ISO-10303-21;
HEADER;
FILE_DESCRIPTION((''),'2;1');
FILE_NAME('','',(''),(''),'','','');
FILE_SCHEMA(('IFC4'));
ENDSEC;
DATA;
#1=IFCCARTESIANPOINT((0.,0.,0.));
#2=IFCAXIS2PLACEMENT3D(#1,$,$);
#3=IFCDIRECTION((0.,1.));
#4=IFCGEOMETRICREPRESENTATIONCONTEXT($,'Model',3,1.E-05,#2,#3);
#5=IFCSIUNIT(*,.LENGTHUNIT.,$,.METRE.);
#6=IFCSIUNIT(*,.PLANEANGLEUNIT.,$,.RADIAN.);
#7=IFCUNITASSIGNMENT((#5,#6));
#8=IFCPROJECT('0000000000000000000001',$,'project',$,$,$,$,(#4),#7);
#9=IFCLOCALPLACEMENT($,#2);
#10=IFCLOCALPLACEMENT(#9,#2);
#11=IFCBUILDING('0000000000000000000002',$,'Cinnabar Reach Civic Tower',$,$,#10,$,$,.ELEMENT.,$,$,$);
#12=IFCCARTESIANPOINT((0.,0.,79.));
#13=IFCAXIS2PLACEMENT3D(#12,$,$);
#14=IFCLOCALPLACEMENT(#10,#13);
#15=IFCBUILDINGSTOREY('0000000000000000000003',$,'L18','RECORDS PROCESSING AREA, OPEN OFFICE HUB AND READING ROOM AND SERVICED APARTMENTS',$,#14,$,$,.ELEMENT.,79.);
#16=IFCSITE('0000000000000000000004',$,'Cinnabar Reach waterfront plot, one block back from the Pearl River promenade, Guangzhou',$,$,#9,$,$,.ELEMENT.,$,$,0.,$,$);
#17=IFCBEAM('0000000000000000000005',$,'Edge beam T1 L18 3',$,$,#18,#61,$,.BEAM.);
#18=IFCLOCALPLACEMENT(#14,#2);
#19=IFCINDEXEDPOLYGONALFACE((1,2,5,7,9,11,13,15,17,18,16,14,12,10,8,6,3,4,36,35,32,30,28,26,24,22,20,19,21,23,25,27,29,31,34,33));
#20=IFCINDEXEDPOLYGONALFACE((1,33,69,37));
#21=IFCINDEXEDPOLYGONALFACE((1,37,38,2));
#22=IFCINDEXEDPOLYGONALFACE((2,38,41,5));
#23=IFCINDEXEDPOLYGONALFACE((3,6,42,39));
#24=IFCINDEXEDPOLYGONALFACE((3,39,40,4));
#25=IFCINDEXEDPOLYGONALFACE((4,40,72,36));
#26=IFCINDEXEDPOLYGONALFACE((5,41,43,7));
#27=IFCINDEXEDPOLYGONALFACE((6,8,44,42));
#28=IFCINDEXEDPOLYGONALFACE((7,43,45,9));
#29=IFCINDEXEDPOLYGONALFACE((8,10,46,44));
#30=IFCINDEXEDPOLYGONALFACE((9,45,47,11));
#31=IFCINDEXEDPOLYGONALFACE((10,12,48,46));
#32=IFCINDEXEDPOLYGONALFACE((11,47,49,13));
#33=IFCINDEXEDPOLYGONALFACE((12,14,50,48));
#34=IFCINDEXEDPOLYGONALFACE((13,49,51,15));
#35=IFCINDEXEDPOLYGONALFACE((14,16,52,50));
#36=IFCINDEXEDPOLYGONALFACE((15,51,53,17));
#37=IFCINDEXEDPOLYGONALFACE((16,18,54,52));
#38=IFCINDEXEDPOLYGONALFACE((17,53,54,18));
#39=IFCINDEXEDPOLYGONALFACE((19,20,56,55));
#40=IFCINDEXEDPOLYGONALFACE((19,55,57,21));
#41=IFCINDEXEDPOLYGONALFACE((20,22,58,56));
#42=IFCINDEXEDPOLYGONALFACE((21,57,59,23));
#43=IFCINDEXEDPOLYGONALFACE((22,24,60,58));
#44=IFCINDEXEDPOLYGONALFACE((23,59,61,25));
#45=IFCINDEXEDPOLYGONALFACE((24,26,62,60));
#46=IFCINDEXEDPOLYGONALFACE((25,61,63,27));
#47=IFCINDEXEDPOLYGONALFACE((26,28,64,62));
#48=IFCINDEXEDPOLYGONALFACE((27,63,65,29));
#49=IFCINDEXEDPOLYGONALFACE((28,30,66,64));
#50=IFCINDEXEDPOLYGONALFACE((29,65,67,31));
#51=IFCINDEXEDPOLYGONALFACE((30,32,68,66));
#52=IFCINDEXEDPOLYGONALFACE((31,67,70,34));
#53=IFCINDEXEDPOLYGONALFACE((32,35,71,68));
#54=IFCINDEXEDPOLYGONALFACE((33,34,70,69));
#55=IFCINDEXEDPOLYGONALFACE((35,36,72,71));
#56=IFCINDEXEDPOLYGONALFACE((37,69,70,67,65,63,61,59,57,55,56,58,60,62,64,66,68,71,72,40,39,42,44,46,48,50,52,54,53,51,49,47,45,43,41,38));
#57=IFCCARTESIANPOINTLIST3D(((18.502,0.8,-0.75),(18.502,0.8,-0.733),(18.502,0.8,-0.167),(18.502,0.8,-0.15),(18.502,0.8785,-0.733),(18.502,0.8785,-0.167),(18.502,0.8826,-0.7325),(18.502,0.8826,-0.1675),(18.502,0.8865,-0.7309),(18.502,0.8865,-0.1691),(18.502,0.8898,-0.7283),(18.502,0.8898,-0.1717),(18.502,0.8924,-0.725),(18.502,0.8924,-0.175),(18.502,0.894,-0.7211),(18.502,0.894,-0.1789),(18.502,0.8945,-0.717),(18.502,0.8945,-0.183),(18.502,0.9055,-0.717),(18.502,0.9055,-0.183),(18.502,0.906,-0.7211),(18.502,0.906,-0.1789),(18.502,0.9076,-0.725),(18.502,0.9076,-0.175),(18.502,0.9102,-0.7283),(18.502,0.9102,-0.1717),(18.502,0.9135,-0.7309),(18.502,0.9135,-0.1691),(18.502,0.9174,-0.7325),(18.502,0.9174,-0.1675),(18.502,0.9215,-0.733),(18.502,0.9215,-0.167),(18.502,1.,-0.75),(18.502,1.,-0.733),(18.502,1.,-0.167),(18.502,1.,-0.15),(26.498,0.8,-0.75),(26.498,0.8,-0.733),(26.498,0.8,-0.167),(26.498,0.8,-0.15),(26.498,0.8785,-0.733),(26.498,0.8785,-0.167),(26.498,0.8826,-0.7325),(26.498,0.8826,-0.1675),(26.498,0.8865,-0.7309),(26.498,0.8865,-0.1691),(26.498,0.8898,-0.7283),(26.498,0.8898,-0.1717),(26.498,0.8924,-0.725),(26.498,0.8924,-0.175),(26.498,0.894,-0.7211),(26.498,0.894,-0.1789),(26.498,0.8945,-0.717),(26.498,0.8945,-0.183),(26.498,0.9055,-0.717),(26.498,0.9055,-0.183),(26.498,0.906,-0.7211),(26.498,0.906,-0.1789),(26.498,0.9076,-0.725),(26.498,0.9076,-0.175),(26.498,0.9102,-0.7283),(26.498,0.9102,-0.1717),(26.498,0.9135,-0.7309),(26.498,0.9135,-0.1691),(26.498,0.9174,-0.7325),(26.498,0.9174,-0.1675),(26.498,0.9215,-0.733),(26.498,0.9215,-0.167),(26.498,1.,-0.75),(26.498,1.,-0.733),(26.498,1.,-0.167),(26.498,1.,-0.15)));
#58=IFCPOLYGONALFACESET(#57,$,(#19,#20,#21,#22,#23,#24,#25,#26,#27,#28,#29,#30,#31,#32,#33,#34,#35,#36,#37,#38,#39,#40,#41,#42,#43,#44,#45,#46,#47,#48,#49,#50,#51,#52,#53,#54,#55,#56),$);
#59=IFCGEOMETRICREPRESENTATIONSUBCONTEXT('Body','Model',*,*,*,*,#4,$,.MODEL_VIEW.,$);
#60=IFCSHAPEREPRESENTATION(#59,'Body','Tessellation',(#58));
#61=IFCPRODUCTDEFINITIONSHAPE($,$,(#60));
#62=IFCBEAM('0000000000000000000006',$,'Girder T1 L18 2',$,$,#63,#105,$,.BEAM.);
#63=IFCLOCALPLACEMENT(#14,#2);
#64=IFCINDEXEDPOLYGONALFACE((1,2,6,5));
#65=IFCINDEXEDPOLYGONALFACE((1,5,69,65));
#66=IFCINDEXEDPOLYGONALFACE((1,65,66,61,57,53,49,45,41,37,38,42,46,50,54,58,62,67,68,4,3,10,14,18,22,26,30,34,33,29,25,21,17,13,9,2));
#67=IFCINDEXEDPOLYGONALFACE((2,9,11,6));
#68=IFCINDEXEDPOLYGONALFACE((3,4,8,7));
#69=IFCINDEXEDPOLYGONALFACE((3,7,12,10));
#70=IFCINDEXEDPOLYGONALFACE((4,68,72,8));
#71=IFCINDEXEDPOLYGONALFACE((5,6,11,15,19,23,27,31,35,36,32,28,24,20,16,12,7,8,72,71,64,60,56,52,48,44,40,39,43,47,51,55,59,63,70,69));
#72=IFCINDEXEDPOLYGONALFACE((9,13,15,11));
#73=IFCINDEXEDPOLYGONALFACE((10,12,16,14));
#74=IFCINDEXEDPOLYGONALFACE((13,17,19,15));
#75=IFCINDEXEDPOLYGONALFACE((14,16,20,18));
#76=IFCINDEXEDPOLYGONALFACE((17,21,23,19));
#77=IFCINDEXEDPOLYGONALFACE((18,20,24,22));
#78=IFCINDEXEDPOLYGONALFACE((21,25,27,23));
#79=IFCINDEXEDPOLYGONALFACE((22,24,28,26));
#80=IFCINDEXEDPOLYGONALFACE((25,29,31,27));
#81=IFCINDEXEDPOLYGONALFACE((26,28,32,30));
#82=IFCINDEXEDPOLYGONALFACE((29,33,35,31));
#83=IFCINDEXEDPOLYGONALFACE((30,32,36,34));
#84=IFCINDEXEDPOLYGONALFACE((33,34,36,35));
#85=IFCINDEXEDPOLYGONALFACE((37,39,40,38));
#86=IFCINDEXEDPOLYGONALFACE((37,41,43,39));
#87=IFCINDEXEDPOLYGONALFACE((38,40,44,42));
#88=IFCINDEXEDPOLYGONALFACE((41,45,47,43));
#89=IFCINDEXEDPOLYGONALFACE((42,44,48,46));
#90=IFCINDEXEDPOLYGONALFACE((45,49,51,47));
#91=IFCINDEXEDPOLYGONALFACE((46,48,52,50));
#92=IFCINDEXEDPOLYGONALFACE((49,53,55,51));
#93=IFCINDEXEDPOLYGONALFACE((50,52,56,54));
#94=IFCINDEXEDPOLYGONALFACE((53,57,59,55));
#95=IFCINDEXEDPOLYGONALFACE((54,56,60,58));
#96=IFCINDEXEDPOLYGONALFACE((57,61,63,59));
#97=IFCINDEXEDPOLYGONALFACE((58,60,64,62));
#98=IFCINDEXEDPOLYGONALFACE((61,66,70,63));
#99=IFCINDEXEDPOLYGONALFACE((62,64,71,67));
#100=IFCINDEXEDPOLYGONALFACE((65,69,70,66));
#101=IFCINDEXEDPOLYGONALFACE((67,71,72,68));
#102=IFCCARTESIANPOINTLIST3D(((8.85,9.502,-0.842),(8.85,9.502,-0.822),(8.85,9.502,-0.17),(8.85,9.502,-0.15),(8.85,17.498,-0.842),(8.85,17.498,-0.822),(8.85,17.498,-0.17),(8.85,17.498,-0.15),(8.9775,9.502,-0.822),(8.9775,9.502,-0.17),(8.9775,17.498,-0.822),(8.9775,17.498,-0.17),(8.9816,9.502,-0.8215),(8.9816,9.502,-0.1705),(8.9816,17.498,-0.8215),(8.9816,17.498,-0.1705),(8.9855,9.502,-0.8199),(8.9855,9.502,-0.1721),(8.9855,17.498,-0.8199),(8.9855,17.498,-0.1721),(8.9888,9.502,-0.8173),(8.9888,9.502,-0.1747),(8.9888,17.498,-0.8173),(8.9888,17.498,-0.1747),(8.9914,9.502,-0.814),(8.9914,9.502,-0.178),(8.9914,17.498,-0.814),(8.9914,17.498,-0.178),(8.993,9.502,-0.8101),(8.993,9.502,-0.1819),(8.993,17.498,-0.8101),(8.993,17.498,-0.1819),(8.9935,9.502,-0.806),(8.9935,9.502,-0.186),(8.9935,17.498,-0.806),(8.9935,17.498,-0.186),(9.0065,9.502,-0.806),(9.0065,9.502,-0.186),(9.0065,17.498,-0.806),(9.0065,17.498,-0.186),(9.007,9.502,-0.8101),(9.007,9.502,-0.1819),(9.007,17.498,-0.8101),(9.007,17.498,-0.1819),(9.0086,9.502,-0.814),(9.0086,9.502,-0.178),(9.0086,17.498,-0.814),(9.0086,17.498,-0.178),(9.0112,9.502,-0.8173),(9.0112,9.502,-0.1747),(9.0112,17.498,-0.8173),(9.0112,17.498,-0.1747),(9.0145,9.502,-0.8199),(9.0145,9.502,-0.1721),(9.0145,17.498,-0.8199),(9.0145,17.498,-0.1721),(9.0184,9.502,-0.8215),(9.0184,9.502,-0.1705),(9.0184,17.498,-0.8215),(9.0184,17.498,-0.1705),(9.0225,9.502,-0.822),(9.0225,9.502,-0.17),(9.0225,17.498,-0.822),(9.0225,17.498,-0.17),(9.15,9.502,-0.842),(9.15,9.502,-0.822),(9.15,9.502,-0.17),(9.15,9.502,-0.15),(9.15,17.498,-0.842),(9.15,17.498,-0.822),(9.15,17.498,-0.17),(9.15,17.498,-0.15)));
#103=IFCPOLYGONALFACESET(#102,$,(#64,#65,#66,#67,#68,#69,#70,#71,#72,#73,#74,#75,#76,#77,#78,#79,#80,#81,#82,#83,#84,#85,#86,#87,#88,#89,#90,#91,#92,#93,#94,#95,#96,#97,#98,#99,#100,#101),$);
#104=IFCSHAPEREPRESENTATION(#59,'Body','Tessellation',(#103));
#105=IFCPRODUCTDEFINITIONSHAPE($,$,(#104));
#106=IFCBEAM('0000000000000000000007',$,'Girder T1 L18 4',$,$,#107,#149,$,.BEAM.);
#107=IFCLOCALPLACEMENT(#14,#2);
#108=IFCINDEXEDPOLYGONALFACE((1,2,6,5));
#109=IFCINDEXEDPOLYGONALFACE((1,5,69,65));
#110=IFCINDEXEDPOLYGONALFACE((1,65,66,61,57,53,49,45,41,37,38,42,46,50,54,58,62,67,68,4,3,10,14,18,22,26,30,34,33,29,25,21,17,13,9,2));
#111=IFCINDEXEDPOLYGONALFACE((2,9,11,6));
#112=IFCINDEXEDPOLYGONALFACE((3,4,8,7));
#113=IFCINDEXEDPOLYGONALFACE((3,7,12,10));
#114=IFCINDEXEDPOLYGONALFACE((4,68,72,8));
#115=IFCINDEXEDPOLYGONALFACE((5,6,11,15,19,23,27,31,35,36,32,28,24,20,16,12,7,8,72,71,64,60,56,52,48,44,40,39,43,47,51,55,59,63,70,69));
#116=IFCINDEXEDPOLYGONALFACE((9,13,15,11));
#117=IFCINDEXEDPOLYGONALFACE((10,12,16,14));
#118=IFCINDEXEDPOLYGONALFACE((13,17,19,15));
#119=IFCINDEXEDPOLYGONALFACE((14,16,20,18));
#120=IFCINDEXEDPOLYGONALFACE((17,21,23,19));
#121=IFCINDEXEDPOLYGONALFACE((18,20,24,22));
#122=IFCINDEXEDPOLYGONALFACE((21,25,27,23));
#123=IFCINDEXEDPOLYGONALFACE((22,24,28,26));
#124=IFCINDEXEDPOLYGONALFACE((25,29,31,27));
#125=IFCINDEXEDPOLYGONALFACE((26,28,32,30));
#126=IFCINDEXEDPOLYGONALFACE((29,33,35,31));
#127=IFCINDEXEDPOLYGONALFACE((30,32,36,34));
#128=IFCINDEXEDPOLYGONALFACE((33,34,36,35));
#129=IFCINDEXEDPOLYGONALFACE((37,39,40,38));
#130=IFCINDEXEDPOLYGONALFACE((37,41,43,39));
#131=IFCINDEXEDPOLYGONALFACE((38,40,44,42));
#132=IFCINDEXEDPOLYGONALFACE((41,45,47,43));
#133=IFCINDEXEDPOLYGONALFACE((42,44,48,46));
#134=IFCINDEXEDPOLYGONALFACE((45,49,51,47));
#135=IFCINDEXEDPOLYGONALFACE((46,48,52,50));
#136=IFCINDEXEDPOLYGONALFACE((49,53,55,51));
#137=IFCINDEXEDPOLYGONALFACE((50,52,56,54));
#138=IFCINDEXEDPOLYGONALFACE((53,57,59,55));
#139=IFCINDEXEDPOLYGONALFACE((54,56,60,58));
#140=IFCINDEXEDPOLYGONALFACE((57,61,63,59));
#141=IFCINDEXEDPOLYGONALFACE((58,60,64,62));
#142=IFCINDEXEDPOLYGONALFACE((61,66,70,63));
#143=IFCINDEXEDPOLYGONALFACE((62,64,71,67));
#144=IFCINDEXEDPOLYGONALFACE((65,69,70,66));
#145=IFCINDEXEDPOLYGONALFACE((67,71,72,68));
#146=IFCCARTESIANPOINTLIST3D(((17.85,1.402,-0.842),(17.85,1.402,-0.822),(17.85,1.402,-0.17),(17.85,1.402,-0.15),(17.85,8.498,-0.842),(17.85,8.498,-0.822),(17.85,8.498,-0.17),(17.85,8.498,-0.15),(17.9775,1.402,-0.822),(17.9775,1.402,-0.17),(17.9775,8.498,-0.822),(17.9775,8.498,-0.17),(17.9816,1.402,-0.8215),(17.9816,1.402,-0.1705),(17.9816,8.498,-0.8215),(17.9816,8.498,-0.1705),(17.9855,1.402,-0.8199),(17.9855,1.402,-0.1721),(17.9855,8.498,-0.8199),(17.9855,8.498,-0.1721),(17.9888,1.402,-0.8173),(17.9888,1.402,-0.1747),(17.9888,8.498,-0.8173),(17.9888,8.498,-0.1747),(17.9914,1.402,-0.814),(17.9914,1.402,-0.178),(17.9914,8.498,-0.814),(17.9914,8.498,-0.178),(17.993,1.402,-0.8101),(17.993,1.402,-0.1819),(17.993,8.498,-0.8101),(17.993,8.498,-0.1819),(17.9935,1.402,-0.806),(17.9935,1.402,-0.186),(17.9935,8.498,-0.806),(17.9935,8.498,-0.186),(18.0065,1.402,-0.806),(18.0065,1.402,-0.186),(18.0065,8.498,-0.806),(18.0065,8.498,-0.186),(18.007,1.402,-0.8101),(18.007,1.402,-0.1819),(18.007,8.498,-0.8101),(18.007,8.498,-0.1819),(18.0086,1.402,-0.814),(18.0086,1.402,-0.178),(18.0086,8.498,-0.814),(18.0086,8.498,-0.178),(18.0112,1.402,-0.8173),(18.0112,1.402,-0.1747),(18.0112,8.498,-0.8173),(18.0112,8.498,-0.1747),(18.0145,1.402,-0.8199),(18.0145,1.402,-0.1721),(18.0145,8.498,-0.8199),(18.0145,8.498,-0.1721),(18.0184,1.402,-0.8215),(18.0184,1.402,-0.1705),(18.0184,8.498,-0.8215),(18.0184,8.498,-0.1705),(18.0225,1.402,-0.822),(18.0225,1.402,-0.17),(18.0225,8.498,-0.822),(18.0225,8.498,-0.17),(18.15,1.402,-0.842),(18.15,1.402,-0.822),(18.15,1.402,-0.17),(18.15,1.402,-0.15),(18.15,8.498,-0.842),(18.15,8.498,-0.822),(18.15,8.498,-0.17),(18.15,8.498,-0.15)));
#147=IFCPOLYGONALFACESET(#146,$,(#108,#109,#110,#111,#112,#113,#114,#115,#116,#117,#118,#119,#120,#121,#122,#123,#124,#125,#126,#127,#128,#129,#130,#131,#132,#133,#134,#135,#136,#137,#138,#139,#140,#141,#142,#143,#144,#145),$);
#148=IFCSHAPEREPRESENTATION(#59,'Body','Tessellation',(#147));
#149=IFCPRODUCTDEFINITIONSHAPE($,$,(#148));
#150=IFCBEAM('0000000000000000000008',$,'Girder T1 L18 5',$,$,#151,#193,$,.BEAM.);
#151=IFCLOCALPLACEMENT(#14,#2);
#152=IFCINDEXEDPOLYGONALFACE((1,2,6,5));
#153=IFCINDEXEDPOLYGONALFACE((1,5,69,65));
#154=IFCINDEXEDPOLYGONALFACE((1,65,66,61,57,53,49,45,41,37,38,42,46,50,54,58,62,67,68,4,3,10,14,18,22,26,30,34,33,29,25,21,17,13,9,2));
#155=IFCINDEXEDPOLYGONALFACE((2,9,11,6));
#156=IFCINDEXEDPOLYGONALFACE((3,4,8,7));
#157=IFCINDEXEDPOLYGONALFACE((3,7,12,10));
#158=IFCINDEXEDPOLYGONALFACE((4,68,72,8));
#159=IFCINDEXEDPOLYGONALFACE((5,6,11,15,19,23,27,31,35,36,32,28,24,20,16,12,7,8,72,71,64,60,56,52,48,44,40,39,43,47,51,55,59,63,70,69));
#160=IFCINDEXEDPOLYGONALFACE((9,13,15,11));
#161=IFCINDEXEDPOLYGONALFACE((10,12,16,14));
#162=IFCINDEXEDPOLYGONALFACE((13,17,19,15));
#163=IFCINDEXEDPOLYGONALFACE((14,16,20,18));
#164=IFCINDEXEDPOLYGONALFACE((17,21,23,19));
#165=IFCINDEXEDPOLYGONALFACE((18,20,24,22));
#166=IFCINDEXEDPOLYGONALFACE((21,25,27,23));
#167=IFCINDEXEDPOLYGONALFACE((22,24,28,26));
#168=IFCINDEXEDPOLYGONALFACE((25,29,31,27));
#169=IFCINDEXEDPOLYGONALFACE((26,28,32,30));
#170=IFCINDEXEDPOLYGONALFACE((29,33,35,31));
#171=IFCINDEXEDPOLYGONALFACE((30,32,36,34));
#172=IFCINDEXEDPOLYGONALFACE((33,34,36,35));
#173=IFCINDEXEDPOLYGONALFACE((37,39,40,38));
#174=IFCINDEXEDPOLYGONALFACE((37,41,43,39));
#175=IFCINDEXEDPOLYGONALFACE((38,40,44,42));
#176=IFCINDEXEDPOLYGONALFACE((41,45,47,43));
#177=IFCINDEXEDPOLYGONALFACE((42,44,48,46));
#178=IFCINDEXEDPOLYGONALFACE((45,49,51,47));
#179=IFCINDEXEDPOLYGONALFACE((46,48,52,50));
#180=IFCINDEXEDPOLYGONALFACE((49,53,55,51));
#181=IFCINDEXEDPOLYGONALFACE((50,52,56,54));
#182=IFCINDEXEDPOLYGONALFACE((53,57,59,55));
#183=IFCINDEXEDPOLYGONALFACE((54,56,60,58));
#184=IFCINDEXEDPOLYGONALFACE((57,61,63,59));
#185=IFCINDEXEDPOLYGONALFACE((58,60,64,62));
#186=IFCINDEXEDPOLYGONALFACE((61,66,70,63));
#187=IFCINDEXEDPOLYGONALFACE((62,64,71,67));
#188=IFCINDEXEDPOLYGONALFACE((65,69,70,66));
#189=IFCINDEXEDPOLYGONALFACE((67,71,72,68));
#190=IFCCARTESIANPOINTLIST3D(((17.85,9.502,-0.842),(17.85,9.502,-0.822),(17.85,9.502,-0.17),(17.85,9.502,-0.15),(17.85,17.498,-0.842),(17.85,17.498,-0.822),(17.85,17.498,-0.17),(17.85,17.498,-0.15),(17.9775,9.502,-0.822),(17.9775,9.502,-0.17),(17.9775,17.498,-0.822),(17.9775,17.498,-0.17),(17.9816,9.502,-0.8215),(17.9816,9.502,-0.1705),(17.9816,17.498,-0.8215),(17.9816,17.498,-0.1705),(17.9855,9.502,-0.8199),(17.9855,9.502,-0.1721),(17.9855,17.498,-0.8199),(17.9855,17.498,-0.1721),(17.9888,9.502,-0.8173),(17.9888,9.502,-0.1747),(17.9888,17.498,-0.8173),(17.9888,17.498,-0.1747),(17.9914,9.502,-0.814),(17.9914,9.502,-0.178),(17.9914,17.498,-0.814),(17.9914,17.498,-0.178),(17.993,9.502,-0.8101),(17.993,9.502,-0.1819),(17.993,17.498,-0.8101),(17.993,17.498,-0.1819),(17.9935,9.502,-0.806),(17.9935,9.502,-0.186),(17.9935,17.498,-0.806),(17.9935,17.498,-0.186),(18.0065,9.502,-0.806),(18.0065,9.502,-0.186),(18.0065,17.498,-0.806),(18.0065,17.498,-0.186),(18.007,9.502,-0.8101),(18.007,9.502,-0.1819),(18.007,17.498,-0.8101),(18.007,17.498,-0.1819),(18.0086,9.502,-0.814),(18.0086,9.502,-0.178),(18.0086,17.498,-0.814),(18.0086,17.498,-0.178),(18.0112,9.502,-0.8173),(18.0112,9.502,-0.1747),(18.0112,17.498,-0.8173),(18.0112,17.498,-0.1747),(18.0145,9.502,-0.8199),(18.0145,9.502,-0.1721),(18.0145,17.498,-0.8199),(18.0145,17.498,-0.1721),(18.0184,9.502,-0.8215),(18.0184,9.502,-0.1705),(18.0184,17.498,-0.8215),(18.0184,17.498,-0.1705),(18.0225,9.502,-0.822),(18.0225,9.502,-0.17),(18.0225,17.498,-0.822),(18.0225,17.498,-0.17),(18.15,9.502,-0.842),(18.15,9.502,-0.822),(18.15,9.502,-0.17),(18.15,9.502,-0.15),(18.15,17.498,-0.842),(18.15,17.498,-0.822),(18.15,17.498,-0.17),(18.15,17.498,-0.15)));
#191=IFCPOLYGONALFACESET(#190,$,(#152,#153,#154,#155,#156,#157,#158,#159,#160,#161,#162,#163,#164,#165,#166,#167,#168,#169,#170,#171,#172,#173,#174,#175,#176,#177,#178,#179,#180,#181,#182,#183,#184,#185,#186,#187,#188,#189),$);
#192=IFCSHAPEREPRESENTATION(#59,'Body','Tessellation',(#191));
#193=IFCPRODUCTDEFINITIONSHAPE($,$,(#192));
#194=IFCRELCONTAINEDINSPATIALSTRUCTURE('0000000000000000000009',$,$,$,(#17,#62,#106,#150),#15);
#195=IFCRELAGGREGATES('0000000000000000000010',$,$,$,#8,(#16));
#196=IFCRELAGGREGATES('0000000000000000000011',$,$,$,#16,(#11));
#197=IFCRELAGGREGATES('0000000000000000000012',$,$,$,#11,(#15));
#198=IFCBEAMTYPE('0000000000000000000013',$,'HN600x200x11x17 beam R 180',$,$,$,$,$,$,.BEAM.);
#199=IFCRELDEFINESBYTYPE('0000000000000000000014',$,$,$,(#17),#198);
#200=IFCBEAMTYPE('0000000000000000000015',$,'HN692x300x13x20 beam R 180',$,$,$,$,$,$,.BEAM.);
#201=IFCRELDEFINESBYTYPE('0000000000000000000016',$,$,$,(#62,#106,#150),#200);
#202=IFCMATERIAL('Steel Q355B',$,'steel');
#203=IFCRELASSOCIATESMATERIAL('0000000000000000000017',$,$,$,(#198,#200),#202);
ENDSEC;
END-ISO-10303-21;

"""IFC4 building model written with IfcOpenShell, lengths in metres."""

from ifc_helpers import new_model, si_unit, direction, frame, origin, origin_2d, place, context, subcontext, project, spatial, i_section, extrude, material, material_profile, profile_set, type_object, element, save


model = new_model("IFC4")

# Units and contexts
model_context = context("Model", 3, precision=1e-05, world=origin(), true_north=direction((0.0, 1.0)))
body_context = subcontext(model_context, "Body", "Model", "MODEL_VIEW")
ifc_project = project(units=[si_unit("LENGTHUNIT", "METRE"), si_unit("PLANEANGLEUNIT", "RADIAN")], contexts=[model_context])

# Site, building, storey
site_placement = place(None, origin())
site = spatial("IfcSite", under=ifc_project, at=site_placement, Name="Cinnabar Reach waterfront plot, one block back from the Pearl River promenade, Guangzhou", CompositionType="ELEMENT", RefElevation=0.0)
building_placement = place(site_placement, origin())
building = spatial("IfcBuilding", under=site, at=building_placement, Name="Cinnabar Reach Civic Tower", CompositionType="ELEMENT")
storey_placement = place(building_placement, frame((0.0, 0.0, 79.0)))
storey = spatial("IfcBuildingStorey", under=building, at=storey_placement, Name="L18", Description="RECORDS PROCESSING AREA, OPEN OFFICE HUB AND READING ROOM AND SERVICED APARTMENTS", CompositionType="ELEMENT", Elevation=79.0)

# Beams
ifc_material_1 = material(Name="Steel Q355B", Category="steel")
ifc_material_profile_1 = material_profile(ifc_material_1, i_section(OverallWidth=0.2, OverallDepth=0.6, WebThickness=0.011, FlangeThickness=0.017, FilletRadius=0.016, at=origin_2d()), Name="HN600x200x11x17")
ifc_profile_set_1 = profile_set([ifc_material_profile_1], Name="Steel Q355B")
beam_type_1 = type_object("IfcBeamType", Name="HN600x200x11x17 beam R 180", PredefinedType="BEAM", material=ifc_profile_set_1)
for number, where, z_axis, x_axis, name in (
    (1, (18.502, 0.9, -0.45), (1.0, 0.0, 0.0), (0.0, 1.0, 0.0), "Edge beam T1 L18 3"),
):
    element("IfcBeam", number, at=place(storey_placement, frame(where, z_axis=z_axis, x_axis=x_axis)), inside=storey, type_object=beam_type_1, Name=name, PredefinedType="BEAM", context=body_context, shape_type="SweptSolid", body=[
        extrude(i_section(OverallWidth=0.2, OverallDepth=0.6, WebThickness=0.011, FlangeThickness=0.017, FilletRadius=0.016, at=origin_2d()), origin(), (0.0, 0.0, 1.0), 7.996),
    ])
ifc_material_profile_2 = material_profile(ifc_material_1, i_section(OverallWidth=0.3, OverallDepth=0.692, WebThickness=0.013, FlangeThickness=0.02, FilletRadius=0.016, at=origin_2d()), Name="HN692x300x13x20")
ifc_profile_set_2 = profile_set([ifc_material_profile_2], Name="Steel Q355B")
beam_type_2 = type_object("IfcBeamType", Name="HN692x300x13x20 beam R 180", PredefinedType="BEAM", material=ifc_profile_set_2)
beam_1_placement = place(storey_placement, frame((9.0, 9.502, -0.496), z_axis=(0.0, 1.0, 0.0), x_axis=(-1.0, 0.0, 0.0)))
element("IfcBeam", 2, at=beam_1_placement, inside=storey, type_object=beam_type_2, Name="Girder T1 L18 2", PredefinedType="BEAM", context=body_context, shape_type="SweptSolid", body=[
    extrude(i_section(OverallWidth=0.3, OverallDepth=0.692, WebThickness=0.013, FlangeThickness=0.02, FilletRadius=0.016, at=origin_2d()), origin(), (0.0, 0.0, 1.0), 7.996),
])
beam_2_placement = place(storey_placement, frame((18.0, 1.402, -0.496), z_axis=(0.0, 1.0, 0.0), x_axis=(-1.0, 0.0, 0.0)))
element("IfcBeam", 3, at=beam_2_placement, inside=storey, type_object=beam_type_2, Name="Girder T1 L18 4", PredefinedType="BEAM", context=body_context, shape_type="SweptSolid", body=[
    extrude(i_section(OverallWidth=0.3, OverallDepth=0.692, WebThickness=0.013, FlangeThickness=0.02, FilletRadius=0.016, at=origin_2d()), origin(), (0.0, 0.0, 1.0), 7.096),
])
beam_3_placement = place(storey_placement, frame((18.0, 9.502, -0.496), z_axis=(0.0, 1.0, 0.0), x_axis=(-1.0, 0.0, 0.0)))
element("IfcBeam", 4, at=beam_3_placement, inside=storey, type_object=beam_type_2, Name="Girder T1 L18 5", PredefinedType="BEAM", context=body_context, shape_type="SweptSolid", body=[
    extrude(i_section(OverallWidth=0.3, OverallDepth=0.692, WebThickness=0.013, FlangeThickness=0.02, FilletRadius=0.016, at=origin_2d()), origin(), (0.0, 0.0, 1.0), 7.996),
])

save(model, "model.ifc")
